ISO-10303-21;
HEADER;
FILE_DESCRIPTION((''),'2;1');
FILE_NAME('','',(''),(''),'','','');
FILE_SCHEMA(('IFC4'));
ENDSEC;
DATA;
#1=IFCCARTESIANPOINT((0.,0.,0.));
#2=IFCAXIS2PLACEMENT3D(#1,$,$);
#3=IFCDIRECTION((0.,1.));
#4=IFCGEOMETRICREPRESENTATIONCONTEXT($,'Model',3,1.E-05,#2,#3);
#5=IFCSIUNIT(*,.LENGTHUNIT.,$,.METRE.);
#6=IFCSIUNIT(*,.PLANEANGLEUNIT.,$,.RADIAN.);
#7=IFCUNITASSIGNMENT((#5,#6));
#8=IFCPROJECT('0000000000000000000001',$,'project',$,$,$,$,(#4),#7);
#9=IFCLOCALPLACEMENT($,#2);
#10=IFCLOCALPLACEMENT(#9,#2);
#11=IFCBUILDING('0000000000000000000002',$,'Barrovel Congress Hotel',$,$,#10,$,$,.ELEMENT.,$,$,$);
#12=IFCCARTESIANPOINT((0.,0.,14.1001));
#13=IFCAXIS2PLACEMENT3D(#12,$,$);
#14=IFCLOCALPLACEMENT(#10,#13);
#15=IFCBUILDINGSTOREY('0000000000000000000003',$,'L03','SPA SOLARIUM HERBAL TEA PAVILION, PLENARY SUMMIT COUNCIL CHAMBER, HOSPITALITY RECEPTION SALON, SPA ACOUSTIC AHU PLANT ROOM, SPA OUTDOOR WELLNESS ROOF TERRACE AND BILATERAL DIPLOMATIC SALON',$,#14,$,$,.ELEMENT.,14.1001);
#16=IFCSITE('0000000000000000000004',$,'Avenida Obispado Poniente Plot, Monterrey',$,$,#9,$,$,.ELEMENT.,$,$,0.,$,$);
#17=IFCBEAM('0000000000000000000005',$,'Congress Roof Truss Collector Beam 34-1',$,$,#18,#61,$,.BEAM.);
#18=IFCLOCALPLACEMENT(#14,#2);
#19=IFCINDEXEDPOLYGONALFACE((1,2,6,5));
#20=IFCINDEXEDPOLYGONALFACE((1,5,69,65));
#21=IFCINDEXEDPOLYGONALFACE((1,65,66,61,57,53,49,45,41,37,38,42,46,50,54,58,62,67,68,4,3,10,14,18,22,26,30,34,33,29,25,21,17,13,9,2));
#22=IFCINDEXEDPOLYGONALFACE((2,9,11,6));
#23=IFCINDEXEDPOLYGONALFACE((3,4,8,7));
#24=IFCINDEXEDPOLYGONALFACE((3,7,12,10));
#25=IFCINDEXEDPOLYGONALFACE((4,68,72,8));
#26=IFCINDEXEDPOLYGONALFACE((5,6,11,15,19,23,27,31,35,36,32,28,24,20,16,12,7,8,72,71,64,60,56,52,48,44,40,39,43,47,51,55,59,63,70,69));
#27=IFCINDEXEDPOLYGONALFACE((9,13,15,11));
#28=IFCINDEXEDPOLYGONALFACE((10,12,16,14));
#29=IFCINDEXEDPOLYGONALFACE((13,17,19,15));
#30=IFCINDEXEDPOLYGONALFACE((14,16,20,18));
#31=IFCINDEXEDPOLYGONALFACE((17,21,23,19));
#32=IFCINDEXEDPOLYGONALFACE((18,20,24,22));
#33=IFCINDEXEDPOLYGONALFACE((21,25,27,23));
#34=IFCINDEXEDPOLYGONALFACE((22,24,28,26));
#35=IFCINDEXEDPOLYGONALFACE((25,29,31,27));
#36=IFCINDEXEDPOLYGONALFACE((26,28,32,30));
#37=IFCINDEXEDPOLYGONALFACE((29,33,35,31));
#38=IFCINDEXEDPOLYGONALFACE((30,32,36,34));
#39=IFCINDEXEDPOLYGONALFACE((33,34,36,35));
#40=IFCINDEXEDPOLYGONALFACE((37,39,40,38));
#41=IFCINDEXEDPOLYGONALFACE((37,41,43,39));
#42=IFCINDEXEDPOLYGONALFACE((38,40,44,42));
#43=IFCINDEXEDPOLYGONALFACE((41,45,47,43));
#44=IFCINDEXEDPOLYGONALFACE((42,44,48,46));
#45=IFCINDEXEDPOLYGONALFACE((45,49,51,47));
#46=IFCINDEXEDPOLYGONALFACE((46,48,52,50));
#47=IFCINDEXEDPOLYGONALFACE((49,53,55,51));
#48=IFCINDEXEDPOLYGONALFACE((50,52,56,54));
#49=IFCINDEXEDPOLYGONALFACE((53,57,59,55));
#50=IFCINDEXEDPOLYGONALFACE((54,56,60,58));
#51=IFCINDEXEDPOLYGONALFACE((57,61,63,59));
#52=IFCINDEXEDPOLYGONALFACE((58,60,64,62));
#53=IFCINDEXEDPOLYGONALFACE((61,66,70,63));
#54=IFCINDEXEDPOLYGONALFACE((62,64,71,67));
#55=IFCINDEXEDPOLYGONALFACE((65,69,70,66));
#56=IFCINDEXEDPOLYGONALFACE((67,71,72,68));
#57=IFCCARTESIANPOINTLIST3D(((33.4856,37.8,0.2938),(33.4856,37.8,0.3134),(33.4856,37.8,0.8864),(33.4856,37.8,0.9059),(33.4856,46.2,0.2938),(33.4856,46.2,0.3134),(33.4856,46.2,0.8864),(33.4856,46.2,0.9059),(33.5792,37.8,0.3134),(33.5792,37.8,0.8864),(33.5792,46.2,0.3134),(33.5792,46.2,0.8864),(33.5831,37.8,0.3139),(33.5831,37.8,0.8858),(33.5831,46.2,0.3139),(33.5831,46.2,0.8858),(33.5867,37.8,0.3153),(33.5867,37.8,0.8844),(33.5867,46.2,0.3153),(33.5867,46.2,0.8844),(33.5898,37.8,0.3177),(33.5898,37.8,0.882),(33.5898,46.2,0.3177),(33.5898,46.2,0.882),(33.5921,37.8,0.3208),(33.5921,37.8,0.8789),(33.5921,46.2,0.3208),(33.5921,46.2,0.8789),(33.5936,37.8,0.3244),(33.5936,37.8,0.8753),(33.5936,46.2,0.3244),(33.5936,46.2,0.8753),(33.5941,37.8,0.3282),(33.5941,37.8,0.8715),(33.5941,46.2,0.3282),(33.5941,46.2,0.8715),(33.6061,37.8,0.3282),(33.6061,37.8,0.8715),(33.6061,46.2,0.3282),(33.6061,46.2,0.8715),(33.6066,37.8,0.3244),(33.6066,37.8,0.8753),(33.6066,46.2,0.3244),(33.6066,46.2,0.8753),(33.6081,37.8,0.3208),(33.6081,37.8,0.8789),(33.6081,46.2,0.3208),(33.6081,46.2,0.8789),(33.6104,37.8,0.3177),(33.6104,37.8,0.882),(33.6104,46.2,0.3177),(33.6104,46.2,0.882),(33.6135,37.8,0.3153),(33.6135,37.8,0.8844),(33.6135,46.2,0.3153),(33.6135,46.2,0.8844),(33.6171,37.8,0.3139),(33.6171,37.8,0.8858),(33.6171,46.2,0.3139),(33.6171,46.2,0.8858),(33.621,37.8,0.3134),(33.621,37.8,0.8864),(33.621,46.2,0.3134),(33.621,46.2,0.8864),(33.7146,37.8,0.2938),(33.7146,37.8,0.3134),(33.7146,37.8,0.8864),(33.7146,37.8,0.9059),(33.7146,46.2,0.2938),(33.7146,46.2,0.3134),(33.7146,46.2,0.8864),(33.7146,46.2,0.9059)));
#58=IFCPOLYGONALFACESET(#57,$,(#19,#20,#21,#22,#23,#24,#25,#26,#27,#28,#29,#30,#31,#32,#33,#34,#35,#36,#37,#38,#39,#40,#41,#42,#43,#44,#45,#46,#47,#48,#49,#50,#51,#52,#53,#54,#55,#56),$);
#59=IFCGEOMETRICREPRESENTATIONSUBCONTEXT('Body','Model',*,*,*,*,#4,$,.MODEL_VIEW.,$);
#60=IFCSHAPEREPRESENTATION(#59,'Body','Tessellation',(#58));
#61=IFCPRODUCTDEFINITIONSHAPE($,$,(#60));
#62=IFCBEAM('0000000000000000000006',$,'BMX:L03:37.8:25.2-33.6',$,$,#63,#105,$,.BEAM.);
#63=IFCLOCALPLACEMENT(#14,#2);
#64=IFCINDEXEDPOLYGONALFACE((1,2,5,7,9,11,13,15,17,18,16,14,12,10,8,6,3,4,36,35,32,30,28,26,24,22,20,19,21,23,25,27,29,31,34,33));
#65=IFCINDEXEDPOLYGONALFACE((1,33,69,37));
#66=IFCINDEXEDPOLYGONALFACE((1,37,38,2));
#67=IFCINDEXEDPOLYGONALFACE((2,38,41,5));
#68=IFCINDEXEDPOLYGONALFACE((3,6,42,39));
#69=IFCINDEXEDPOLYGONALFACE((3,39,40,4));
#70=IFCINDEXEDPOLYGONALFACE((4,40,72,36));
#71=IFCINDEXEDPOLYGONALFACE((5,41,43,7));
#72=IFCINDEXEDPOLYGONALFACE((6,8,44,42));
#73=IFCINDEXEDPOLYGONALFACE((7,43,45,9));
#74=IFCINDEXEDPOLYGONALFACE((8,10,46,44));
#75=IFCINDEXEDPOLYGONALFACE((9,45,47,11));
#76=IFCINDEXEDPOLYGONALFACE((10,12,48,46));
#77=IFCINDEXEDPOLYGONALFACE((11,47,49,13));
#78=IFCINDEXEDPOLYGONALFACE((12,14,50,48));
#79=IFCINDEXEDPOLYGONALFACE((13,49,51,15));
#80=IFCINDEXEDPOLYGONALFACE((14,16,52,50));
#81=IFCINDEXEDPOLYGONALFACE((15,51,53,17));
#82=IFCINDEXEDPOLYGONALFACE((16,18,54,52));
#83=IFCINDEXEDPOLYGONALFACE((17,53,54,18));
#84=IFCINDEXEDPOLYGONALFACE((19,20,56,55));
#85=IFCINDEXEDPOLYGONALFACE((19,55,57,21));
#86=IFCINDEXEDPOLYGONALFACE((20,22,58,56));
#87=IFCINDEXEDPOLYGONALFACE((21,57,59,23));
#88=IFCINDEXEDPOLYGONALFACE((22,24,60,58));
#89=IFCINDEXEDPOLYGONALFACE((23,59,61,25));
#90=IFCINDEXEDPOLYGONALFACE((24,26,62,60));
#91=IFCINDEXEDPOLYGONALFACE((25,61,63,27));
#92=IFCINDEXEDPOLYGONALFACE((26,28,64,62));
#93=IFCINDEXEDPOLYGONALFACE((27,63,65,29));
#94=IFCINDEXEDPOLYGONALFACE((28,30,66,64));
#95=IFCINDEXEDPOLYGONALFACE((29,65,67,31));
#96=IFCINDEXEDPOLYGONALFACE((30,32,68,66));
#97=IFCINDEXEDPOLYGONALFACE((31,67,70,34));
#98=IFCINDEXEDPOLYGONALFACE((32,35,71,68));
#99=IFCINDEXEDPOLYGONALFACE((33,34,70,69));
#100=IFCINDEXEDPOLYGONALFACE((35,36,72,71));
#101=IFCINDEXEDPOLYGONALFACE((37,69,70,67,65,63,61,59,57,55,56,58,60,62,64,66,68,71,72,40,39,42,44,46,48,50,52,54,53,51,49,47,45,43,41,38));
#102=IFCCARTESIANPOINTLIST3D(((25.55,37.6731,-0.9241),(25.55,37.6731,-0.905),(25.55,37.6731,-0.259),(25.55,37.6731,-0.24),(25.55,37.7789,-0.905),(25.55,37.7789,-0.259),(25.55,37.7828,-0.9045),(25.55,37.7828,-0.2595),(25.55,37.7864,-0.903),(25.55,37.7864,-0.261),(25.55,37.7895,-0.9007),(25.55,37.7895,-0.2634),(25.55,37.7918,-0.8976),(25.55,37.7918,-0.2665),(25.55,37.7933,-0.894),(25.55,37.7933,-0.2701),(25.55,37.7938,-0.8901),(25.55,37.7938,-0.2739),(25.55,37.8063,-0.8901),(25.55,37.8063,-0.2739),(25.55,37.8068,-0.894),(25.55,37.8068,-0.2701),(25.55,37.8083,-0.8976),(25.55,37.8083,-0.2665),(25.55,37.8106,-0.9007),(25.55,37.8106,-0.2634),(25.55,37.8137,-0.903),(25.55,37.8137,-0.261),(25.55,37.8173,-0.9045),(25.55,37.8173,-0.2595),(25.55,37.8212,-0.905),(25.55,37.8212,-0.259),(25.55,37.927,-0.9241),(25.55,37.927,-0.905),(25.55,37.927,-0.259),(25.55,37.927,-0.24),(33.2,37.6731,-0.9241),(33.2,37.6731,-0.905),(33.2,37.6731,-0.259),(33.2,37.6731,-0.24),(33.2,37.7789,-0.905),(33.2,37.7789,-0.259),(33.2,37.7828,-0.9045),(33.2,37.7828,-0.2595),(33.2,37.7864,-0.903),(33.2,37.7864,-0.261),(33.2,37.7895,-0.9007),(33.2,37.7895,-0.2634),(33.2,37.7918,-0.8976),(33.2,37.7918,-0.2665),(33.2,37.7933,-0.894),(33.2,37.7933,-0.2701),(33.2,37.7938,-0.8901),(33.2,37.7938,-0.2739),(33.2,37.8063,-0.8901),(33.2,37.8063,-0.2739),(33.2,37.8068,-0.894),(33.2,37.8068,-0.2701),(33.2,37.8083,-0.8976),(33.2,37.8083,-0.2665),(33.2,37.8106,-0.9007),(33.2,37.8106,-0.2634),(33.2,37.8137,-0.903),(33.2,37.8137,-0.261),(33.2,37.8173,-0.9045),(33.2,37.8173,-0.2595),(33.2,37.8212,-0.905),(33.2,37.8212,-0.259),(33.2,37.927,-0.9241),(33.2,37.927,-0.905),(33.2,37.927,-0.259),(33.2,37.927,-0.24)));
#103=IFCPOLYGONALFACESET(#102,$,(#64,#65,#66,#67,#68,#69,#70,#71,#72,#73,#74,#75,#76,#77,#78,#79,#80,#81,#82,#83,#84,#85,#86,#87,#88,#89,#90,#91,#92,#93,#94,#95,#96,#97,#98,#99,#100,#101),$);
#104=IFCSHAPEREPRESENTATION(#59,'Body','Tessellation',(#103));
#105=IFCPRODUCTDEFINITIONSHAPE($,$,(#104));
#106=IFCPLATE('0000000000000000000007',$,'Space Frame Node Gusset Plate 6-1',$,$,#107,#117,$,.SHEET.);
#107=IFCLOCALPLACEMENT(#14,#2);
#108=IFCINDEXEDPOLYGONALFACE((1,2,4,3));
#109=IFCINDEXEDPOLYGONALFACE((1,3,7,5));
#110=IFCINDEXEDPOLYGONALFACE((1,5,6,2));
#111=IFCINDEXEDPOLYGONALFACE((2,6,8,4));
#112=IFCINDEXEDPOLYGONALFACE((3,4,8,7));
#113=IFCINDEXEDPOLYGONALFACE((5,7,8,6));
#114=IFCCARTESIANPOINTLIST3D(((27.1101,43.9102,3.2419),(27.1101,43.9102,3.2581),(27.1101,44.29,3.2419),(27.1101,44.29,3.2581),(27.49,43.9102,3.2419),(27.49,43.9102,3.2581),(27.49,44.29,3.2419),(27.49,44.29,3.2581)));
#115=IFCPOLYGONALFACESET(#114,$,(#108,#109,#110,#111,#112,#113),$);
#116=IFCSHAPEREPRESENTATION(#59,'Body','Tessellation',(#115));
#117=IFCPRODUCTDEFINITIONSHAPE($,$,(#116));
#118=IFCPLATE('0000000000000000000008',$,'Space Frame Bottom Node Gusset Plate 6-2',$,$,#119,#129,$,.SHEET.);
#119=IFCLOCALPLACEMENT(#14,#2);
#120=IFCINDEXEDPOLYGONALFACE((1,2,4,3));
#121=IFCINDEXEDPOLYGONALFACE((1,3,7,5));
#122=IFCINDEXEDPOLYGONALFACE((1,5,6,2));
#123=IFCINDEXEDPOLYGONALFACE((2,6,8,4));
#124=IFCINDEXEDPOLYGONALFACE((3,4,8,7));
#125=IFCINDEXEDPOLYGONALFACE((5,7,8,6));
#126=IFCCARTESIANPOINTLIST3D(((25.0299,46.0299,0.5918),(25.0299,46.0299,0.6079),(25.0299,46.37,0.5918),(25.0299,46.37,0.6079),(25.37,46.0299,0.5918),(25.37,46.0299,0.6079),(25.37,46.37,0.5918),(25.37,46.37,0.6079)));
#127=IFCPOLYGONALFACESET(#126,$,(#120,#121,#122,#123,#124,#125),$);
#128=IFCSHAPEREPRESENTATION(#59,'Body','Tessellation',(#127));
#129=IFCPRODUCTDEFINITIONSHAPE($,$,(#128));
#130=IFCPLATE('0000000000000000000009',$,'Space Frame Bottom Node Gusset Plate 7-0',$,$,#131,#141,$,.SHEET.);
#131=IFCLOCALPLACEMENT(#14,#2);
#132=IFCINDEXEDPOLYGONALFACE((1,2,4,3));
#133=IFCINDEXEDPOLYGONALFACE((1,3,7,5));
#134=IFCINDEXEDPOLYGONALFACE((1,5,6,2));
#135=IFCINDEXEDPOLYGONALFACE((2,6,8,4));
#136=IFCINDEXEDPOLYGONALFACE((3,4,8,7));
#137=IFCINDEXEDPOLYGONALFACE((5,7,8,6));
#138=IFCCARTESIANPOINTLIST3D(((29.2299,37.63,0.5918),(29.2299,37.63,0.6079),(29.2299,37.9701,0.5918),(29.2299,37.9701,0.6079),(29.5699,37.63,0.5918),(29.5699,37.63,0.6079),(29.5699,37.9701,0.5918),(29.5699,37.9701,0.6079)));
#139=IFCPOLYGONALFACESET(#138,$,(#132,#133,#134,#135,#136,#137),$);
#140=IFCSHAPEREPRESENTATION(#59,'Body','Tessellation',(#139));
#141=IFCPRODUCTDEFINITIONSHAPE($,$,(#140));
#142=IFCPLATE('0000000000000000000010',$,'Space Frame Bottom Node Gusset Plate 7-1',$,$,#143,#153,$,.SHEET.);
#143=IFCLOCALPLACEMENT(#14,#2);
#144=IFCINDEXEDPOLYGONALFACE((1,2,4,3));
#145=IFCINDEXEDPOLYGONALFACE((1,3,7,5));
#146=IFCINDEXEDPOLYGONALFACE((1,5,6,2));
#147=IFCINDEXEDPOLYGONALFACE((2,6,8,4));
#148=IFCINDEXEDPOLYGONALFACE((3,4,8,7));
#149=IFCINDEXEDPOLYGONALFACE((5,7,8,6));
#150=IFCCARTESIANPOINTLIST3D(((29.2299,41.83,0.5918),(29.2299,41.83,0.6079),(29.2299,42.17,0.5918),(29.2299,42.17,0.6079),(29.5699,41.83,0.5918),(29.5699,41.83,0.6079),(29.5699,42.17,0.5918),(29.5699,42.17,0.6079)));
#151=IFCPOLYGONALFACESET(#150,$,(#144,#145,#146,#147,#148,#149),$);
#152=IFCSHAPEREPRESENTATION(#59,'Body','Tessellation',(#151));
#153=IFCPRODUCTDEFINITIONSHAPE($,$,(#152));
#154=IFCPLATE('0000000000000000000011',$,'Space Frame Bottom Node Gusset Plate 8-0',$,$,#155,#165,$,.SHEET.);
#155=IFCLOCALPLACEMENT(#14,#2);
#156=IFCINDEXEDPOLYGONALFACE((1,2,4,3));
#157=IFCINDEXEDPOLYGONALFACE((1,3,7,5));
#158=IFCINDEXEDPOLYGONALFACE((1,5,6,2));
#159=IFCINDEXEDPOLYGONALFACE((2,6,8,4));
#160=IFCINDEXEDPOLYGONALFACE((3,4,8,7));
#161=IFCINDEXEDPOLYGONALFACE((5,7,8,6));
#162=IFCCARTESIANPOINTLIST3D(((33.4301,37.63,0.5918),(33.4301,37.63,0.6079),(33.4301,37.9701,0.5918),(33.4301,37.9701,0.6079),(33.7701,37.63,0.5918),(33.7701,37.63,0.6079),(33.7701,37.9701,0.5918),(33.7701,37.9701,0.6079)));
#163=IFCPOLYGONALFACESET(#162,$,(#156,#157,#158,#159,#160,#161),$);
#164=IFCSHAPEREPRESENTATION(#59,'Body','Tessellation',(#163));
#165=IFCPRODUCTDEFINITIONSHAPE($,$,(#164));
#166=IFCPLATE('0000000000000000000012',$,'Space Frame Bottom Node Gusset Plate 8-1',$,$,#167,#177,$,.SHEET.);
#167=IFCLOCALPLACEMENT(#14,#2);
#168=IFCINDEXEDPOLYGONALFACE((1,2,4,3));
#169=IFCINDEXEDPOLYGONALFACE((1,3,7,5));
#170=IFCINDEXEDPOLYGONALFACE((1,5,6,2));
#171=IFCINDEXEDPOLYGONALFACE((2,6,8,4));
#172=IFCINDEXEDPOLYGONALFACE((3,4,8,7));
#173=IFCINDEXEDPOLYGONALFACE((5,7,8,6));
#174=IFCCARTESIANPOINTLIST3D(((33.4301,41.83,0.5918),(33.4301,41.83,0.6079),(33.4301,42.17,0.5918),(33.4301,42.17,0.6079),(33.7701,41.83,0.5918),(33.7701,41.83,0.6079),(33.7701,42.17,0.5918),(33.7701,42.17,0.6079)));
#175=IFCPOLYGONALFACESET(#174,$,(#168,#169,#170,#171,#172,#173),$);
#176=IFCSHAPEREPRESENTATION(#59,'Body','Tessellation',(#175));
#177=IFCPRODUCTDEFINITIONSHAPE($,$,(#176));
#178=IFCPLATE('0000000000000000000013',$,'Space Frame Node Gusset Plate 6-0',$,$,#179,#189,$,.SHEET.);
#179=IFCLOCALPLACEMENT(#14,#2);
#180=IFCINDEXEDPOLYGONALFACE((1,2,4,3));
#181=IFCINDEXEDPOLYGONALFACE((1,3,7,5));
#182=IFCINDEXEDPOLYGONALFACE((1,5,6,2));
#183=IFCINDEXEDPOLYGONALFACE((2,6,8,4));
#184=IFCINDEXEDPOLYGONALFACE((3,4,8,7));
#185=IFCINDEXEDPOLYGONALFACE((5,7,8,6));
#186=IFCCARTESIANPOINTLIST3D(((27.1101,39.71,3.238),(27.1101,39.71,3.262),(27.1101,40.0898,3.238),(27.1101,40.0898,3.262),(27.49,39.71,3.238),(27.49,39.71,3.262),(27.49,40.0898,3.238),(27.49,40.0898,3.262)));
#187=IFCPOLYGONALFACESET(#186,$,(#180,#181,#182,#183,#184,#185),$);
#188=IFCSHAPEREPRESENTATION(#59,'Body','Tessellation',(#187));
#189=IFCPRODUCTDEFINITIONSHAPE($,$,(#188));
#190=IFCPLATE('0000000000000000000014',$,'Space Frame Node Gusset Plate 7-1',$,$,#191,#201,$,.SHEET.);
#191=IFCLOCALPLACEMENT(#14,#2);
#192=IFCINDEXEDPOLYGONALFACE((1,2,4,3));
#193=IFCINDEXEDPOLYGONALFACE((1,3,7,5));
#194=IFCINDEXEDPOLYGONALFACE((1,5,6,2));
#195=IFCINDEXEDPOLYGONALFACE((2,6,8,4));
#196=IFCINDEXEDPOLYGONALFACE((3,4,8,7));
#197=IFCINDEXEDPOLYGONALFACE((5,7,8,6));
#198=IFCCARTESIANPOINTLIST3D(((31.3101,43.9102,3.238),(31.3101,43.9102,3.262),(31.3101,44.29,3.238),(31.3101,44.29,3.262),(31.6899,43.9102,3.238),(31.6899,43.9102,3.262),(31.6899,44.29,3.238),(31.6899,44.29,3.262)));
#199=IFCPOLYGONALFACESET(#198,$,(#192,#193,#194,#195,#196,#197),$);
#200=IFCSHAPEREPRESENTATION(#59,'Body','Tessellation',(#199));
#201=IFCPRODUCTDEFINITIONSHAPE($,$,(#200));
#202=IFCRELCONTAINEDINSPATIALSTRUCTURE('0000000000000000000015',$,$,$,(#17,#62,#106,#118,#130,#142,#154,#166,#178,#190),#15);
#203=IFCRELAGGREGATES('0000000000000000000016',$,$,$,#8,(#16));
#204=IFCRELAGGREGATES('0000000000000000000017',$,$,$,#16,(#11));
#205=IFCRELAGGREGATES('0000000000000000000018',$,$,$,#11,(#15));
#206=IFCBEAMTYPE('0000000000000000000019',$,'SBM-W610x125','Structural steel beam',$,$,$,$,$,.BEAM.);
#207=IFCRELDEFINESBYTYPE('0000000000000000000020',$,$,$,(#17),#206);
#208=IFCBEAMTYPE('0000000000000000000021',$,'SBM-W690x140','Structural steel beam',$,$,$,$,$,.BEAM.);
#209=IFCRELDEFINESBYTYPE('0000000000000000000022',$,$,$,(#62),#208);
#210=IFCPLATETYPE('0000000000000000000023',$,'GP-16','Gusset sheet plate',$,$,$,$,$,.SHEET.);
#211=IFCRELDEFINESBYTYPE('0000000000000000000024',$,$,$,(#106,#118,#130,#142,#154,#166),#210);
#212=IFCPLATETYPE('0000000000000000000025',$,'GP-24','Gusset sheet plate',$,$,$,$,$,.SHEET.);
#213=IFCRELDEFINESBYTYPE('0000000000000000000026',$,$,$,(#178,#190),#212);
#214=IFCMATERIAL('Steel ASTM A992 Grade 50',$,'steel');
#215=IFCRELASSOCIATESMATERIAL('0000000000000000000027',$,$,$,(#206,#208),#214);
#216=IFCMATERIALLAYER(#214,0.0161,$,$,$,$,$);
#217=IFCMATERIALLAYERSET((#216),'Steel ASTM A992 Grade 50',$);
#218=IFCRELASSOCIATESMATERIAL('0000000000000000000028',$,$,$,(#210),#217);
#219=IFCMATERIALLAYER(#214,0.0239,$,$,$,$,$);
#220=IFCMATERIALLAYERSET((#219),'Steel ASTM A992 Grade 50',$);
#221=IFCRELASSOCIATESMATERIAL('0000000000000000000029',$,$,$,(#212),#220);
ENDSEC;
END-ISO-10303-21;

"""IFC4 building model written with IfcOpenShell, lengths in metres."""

from ifc_helpers import new_model, si_unit, direction, frame, origin, origin_2d, place, context, subcontext, project, spatial, rectangle, i_section, extrude, material, layer, layer_set, material_profile, profile_set, type_object, element, save


model = new_model("IFC4")

# Units and contexts
model_context = context("Model", 3, precision=1e-05, world=origin(), true_north=direction((0.0, 1.0)))
body_context = subcontext(model_context, "Body", "Model", "MODEL_VIEW")
ifc_project = project(units=[si_unit("LENGTHUNIT", "METRE"), si_unit("PLANEANGLEUNIT", "RADIAN")], contexts=[model_context])

# Site, building, storey
site_placement = place(None, origin())
site = spatial("IfcSite", under=ifc_project, at=site_placement, Name="Avenida Obispado Poniente Plot, Monterrey", CompositionType="ELEMENT", RefElevation=0.0)
building_placement = place(site_placement, origin())
building = spatial("IfcBuilding", under=site, at=building_placement, Name="Barrovel Congress Hotel", CompositionType="ELEMENT")
storey_placement = place(building_placement, frame((0.0, 0.0, 14.1001)))
storey = spatial("IfcBuildingStorey", under=building, at=storey_placement, Name="L03", Description="SPA SOLARIUM HERBAL TEA PAVILION, PLENARY SUMMIT COUNCIL CHAMBER, HOSPITALITY RECEPTION SALON, SPA ACOUSTIC AHU PLANT ROOM, SPA OUTDOOR WELLNESS ROOF TERRACE AND BILATERAL DIPLOMATIC SALON", CompositionType="ELEMENT", Elevation=14.1001)

# Beams
ifc_material_1 = material(Name="Steel ASTM A992 Grade 50", Category="steel")
ifc_material_profile_1 = material_profile(ifc_material_1, i_section(OverallWidth=0.229, OverallDepth=0.6121, WebThickness=0.012, FlangeThickness=0.0195, FilletRadius=0.0149, at=origin_2d()), Name="W610x125")
ifc_profile_set_1 = profile_set([ifc_material_profile_1], Name="Steel ASTM A992 Grade 50")
beam_type_1 = type_object("IfcBeamType", Name="SBM-W610x125", Description="Structural steel beam", PredefinedType="BEAM", material=ifc_profile_set_1)
beam_1_placement = place(storey_placement, frame((33.6001, 37.8, 0.5999), z_axis=(0.0, 1.0, 0.0), x_axis=(-1.0, 0.0, 0.0)))
element("IfcBeam", 1, at=beam_1_placement, inside=storey, type_object=beam_type_1, Name="Congress Roof Truss Collector Beam 34-1", PredefinedType="BEAM", context=body_context, shape_type="SweptSolid", body=[
    extrude(i_section(OverallWidth=0.229, OverallDepth=0.6121, WebThickness=0.012, FlangeThickness=0.0195, FilletRadius=0.0149, at=origin_2d()), origin(), (0.0, 0.0, 1.0), 8.3999),
])
ifc_material_profile_2 = material_profile(ifc_material_1, i_section(OverallWidth=0.2539, OverallDepth=0.6841, WebThickness=0.0125, FlangeThickness=0.019, FilletRadius=0.0149, at=origin_2d()), Name="W690x140")
ifc_profile_set_2 = profile_set([ifc_material_profile_2], Name="Steel ASTM A992 Grade 50")
beam_type_2 = type_object("IfcBeamType", Name="SBM-W690x140", Description="Structural steel beam", PredefinedType="BEAM", material=ifc_profile_set_2)
beam_2_placement = place(storey_placement, frame((25.55, 37.8, -0.582), z_axis=(1.0, 0.0, 0.0), x_axis=(0.0, 1.0, 0.0)))
element("IfcBeam", 2, at=beam_2_placement, inside=storey, type_object=beam_type_2, Name="BMX:L03:37.8:25.2-33.6", PredefinedType="BEAM", context=body_context, shape_type="SweptSolid", body=[
    extrude(i_section(OverallWidth=0.2539, OverallDepth=0.6841, WebThickness=0.0125, FlangeThickness=0.019, FilletRadius=0.0149, at=origin_2d()), origin(), (0.0, 0.0, 1.0), 7.6499),
])

# Plates
ifc_layer_1 = layer(ifc_material_1, 0.0161)
ifc_layer_set_1 = layer_set([ifc_layer_1], Name="Steel ASTM A992 Grade 50")
plate_type_1 = type_object("IfcPlateType", Name="GP-16", Description="Gusset sheet plate", PredefinedType="SHEET", material=ifc_layer_set_1)
plate_1_placement = place(storey_placement, frame((27.3, 44.1001, 3.2419), z_axis=(0.0, 0.0, 1.0), x_axis=(1.0, 0.0, 0.0)))
element("IfcPlate", 3, at=plate_1_placement, inside=storey, type_object=plate_type_1, Name="Space Frame Node Gusset Plate 6-1", PredefinedType="SHEET", context=body_context, shape_type="SweptSolid", body=[
    extrude(rectangle(XDim=0.3799, YDim=0.3799, at=origin_2d()), origin(), (0.0, 0.0, 1.0), 0.0161),
])
for number, where, z_axis, x_axis, name in (
    (4, (25.2, 46.2, 0.5918), (0.0, 0.0, 1.0), (1.0, 0.0, 0.0), "Space Frame Bottom Node Gusset Plate 6-2"),
    (5, (29.3999, 37.8, 0.5918), (0.0, 0.0, 1.0), (1.0, 0.0, 0.0), "Space Frame Bottom Node Gusset Plate 7-0"),
    (6, (29.3999, 42.0, 0.5918), (0.0, 0.0, 1.0), (1.0, 0.0, 0.0), "Space Frame Bottom Node Gusset Plate 7-1"),
    (7, (33.6001, 37.8, 0.5918), (0.0, 0.0, 1.0), (1.0, 0.0, 0.0), "Space Frame Bottom Node Gusset Plate 8-0"),
    (8, (33.6001, 42.0, 0.5918), (0.0, 0.0, 1.0), (1.0, 0.0, 0.0), "Space Frame Bottom Node Gusset Plate 8-1"),
):
    element("IfcPlate", number, at=place(storey_placement, frame(where, z_axis=z_axis, x_axis=x_axis)), inside=storey, type_object=plate_type_1, Name=name, PredefinedType="SHEET", context=body_context, shape_type="SweptSolid", body=[
        extrude(rectangle(XDim=0.3401, YDim=0.3401, at=origin_2d()), origin(), (0.0, 0.0, 1.0), 0.0161),
    ])
ifc_layer_2 = layer(ifc_material_1, 0.0239)
ifc_layer_set_2 = layer_set([ifc_layer_2], Name="Steel ASTM A992 Grade 50")
plate_type_2 = type_object("IfcPlateType", Name="GP-24", Description="Gusset sheet plate", PredefinedType="SHEET", material=ifc_layer_set_2)
for number, where, z_axis, x_axis, name in (
    (9, (27.3, 39.8999, 3.238), (0.0, 0.0, 1.0), (1.0, 0.0, 0.0), "Space Frame Node Gusset Plate 6-0"),
    (10, (31.5, 44.1001, 3.238), (0.0, 0.0, 1.0), (1.0, 0.0, 0.0), "Space Frame Node Gusset Plate 7-1"),
):
    element("IfcPlate", number, at=place(storey_placement, frame(where, z_axis=z_axis, x_axis=x_axis)), inside=storey, type_object=plate_type_2, Name=name, PredefinedType="SHEET", context=body_context, shape_type="SweptSolid", body=[
        extrude(rectangle(XDim=0.3799, YDim=0.3799, at=origin_2d()), origin(), (0.0, 0.0, 1.0), 0.0239),
    ])

save(model, "model.ifc")
